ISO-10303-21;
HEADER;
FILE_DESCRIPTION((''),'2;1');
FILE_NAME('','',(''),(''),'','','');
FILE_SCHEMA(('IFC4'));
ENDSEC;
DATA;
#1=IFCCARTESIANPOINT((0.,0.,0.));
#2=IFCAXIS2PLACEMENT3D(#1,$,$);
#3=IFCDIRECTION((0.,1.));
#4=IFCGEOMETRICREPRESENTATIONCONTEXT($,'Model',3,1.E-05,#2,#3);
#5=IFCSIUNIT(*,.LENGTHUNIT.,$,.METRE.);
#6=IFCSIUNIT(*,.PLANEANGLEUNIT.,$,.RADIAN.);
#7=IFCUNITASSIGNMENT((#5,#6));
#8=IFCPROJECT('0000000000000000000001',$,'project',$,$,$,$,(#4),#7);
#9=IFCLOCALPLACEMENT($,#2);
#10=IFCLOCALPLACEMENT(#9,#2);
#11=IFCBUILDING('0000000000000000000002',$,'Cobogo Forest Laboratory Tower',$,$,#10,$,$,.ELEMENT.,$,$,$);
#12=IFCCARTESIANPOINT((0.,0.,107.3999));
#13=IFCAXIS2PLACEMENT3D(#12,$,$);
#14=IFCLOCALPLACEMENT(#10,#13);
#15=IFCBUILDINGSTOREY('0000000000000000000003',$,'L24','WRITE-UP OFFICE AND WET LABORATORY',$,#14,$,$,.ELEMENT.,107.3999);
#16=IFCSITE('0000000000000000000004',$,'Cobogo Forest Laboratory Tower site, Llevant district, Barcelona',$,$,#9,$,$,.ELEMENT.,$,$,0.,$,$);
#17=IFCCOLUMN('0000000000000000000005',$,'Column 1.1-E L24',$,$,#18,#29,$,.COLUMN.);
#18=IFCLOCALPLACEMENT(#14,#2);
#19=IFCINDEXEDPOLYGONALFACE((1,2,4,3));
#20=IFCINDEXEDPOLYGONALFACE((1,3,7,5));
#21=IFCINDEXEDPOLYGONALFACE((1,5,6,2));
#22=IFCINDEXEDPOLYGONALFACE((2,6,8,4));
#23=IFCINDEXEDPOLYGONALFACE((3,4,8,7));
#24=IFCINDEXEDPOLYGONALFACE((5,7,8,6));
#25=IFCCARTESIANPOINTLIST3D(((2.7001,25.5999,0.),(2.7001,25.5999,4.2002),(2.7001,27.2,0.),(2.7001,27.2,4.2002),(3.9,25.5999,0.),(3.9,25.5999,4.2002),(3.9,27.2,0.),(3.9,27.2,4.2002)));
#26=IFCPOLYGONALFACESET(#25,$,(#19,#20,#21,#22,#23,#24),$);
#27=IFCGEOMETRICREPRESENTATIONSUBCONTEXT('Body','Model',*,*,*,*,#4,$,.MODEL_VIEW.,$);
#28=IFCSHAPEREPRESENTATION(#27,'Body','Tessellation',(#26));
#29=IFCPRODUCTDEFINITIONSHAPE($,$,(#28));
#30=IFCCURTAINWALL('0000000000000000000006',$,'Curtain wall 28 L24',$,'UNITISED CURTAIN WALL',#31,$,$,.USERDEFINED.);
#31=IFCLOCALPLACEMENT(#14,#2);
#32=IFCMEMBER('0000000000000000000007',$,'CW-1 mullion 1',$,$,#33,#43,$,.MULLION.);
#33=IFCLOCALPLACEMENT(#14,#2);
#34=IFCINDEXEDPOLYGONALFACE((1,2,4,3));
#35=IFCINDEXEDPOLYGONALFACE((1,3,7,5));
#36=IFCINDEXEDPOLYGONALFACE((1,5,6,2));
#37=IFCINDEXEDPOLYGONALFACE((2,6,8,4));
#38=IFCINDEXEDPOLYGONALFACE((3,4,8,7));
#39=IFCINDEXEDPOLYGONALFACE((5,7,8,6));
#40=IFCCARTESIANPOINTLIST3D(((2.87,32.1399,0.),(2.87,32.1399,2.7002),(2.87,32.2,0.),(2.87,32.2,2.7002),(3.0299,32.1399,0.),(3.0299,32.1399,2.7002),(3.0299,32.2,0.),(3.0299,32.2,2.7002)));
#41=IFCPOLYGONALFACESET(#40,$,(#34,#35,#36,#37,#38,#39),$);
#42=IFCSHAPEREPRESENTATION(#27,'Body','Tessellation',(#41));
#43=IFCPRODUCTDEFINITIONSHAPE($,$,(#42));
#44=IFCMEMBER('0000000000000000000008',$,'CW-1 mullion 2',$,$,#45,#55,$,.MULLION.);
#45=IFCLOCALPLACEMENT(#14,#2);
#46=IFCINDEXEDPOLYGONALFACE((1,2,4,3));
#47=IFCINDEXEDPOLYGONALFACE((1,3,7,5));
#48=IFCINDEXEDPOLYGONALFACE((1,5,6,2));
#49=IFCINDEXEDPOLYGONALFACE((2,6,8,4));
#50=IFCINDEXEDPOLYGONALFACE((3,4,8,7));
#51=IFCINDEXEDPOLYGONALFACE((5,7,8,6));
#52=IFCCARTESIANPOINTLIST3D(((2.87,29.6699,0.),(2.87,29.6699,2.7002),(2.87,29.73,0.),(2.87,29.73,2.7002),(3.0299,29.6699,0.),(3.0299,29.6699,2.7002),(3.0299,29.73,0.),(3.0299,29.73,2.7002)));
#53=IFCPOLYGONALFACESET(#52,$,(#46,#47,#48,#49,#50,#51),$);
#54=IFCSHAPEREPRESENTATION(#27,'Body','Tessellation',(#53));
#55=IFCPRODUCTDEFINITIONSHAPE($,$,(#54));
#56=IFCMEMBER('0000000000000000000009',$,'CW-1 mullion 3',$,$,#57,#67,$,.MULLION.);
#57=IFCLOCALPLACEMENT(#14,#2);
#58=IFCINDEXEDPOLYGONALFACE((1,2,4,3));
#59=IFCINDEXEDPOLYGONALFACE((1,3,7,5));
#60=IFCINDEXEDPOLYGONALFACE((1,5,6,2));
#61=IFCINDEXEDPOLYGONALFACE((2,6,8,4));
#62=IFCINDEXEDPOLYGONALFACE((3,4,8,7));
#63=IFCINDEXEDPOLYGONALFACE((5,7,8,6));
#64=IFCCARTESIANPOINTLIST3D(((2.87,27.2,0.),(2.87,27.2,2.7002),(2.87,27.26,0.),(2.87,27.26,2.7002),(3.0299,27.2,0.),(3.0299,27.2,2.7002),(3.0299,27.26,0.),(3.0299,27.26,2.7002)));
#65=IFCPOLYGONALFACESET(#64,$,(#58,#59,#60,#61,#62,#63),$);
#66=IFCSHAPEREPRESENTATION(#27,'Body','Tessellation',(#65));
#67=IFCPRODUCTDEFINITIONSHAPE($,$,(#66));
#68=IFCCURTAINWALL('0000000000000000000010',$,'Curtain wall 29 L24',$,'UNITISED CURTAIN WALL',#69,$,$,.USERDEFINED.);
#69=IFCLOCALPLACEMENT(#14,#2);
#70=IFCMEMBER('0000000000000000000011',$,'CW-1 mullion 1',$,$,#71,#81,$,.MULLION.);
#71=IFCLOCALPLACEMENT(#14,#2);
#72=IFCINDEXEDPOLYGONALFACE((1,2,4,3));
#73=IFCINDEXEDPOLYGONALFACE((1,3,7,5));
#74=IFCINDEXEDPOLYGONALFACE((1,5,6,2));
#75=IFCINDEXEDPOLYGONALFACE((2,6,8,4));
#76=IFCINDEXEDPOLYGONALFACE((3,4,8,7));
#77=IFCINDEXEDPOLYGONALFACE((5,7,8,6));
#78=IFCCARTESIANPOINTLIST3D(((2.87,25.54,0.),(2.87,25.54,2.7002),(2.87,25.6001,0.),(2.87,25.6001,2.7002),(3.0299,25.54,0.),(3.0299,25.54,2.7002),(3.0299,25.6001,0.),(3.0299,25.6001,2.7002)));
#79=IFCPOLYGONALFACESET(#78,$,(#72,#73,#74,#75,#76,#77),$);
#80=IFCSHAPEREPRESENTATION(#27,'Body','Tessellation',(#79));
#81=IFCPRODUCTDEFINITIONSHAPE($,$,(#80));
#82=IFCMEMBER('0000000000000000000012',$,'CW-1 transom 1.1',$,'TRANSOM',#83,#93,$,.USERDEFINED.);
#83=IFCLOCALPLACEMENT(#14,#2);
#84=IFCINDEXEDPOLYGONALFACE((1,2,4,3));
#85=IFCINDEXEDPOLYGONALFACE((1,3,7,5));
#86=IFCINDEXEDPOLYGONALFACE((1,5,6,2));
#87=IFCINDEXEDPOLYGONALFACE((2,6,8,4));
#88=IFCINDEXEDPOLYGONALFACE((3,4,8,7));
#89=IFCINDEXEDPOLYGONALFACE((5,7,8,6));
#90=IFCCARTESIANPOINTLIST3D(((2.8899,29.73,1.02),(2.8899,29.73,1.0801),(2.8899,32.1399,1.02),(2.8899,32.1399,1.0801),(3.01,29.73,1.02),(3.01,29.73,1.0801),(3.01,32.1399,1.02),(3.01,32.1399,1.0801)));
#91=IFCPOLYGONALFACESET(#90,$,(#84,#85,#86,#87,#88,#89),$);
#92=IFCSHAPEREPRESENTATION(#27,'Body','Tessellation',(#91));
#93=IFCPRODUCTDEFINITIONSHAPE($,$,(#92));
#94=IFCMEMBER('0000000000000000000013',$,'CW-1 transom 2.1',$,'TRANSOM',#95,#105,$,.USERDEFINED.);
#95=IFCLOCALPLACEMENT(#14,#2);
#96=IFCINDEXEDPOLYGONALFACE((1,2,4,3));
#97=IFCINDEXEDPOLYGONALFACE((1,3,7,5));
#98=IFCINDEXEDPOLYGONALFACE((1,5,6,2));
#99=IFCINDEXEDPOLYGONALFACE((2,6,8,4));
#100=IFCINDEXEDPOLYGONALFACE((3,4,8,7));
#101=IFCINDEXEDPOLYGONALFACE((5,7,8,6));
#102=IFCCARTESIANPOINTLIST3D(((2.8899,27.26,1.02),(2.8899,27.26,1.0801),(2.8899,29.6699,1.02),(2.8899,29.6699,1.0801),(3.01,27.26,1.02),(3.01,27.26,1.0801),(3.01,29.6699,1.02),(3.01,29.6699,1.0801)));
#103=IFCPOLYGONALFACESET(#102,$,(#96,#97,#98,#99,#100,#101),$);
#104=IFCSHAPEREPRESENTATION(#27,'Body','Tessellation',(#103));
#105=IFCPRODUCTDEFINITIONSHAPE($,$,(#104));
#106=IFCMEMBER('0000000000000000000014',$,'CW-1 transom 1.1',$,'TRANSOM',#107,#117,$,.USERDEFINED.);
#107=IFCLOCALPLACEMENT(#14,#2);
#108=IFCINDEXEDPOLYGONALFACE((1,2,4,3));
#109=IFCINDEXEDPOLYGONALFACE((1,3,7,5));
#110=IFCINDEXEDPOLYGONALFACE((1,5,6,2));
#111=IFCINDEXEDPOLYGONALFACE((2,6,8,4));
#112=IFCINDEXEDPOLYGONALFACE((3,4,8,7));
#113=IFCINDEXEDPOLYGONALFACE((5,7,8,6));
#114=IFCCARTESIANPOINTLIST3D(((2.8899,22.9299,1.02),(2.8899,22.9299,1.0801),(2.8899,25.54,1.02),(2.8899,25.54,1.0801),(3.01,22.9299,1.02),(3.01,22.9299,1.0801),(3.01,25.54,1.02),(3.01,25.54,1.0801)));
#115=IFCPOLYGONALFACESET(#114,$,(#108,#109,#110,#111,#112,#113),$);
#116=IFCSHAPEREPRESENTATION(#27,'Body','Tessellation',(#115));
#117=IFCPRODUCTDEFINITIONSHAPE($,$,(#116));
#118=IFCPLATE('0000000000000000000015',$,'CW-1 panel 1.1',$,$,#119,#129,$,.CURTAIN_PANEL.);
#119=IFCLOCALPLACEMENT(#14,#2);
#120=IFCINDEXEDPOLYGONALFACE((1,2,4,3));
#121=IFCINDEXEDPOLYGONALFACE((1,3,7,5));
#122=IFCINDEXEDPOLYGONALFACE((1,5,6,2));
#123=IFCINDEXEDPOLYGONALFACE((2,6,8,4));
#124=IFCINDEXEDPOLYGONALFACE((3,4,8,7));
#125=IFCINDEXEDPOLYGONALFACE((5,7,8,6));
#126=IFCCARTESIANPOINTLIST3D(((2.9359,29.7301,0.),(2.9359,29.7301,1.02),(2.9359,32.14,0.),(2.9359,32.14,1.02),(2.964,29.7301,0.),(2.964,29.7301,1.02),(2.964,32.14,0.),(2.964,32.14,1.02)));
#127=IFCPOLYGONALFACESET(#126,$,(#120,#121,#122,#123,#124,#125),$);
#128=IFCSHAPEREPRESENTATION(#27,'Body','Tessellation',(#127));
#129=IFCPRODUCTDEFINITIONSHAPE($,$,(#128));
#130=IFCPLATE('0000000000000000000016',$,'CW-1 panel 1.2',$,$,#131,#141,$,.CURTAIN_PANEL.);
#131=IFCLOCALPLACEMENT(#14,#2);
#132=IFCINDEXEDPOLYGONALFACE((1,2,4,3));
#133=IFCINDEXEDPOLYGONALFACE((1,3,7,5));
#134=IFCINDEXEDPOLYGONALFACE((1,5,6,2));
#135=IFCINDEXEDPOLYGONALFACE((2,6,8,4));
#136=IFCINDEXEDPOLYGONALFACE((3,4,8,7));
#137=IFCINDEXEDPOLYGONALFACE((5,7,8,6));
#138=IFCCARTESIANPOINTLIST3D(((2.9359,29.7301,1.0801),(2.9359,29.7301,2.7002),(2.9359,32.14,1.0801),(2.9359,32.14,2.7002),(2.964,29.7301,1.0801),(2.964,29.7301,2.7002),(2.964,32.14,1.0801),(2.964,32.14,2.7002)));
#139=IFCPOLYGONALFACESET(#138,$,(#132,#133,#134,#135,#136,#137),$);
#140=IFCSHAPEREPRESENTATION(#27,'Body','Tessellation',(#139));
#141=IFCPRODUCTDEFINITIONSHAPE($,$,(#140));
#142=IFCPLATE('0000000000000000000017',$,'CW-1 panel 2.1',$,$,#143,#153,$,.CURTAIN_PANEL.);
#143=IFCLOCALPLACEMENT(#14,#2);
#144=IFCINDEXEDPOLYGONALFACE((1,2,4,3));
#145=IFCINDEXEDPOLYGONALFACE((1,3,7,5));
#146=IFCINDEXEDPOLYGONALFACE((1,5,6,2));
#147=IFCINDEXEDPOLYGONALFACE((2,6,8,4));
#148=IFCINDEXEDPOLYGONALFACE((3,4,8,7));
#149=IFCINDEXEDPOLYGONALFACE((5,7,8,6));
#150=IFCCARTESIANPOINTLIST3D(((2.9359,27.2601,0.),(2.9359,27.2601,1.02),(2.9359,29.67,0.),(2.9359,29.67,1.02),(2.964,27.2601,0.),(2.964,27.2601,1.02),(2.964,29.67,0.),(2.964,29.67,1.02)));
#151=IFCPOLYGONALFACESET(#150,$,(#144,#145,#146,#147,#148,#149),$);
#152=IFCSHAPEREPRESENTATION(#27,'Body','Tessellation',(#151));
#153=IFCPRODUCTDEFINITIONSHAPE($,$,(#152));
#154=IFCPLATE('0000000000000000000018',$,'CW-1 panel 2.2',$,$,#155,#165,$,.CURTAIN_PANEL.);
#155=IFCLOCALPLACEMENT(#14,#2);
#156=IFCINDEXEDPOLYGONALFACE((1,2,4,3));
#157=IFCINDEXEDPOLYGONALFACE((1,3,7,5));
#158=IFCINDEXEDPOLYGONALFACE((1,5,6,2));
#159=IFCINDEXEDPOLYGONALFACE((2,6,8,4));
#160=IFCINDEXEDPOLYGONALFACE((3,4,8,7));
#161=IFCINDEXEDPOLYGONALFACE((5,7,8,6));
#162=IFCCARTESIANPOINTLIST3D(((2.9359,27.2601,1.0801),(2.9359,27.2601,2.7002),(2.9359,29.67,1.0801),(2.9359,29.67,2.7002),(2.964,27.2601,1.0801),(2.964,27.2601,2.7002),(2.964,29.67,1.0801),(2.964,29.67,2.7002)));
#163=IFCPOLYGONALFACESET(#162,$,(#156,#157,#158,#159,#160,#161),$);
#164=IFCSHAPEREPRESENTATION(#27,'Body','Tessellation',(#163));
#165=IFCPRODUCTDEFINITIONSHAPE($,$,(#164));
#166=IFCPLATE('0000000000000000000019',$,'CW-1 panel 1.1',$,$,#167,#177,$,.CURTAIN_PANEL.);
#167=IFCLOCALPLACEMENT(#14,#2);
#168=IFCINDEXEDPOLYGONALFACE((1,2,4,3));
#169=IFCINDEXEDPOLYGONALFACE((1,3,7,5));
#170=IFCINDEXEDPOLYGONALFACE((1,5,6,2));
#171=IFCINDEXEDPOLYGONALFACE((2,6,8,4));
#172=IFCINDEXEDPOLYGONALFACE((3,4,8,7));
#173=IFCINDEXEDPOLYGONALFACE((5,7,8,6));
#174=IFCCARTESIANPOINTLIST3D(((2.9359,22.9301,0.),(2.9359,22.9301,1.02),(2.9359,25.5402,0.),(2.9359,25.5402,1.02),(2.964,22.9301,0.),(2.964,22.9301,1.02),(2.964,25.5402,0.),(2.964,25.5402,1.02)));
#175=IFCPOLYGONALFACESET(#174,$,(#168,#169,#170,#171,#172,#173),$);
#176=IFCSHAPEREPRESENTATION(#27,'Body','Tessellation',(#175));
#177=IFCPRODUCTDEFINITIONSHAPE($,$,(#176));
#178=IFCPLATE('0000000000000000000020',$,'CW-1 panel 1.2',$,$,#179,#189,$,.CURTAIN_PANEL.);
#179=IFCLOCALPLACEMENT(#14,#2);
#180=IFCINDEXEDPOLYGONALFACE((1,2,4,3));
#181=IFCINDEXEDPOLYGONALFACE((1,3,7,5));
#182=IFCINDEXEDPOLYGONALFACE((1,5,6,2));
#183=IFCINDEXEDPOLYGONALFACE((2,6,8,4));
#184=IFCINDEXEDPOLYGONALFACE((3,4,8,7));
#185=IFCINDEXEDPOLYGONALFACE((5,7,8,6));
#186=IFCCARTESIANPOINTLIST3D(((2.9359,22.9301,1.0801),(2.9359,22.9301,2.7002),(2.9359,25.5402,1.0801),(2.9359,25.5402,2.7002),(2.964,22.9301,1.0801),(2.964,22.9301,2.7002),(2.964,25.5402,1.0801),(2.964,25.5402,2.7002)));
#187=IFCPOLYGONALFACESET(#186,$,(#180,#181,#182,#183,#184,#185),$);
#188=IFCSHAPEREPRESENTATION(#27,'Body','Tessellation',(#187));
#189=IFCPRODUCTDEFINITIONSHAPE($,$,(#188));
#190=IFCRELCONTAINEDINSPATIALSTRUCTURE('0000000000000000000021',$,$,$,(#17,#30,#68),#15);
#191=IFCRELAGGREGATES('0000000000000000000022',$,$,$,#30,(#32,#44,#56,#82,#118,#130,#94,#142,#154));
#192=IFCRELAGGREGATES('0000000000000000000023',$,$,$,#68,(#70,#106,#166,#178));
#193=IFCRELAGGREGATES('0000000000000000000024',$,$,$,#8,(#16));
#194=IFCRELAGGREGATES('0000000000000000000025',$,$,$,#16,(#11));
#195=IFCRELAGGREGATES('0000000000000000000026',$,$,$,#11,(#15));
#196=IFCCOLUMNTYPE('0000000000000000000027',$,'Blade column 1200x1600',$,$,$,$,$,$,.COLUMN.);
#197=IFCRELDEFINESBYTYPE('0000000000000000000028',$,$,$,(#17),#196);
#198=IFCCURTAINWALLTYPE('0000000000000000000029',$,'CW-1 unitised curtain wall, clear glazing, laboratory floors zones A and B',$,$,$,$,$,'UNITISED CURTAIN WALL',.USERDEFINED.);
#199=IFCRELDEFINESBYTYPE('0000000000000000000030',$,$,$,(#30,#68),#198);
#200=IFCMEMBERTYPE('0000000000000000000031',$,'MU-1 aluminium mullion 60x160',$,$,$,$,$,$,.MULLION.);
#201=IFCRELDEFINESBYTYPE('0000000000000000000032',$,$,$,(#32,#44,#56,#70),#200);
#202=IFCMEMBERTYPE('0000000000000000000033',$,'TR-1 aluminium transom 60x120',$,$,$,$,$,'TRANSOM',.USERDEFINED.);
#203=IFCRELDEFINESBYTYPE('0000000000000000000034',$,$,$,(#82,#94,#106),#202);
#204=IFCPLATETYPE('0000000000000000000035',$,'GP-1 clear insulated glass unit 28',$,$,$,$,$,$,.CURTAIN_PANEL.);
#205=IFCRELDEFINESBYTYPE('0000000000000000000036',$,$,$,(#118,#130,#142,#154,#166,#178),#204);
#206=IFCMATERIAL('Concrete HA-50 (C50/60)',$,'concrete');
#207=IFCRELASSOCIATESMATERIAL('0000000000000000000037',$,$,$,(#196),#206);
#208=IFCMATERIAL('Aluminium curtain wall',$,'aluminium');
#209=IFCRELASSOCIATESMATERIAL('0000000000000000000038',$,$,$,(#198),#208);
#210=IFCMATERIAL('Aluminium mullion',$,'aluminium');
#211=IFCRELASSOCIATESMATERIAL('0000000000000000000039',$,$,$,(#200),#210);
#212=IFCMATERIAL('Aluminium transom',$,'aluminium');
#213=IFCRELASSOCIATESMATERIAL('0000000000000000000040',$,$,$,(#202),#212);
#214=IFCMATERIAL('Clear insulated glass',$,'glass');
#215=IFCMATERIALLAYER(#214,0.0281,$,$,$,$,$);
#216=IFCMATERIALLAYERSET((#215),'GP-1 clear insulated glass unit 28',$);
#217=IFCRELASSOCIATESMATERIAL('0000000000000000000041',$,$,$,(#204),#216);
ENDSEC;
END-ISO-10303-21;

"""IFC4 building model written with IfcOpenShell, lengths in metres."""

from ifc_helpers import new_model, si_unit, direction, frame, origin, origin_2d, place, context, subcontext, project, spatial, rectangle, extrude, material, layer, layer_set, material_profile, profile_set, type_object, element, aggregate, save


model = new_model("IFC4")

# Units and contexts
model_context = context("Model", 3, precision=1e-05, world=origin(), true_north=direction((0.0, 1.0)))
body_context = subcontext(model_context, "Body", "Model", "MODEL_VIEW")
ifc_project = project(units=[si_unit("LENGTHUNIT", "METRE"), si_unit("PLANEANGLEUNIT", "RADIAN")], contexts=[model_context])

# Site, building, storey
site_placement = place(None, origin())
site = spatial("IfcSite", under=ifc_project, at=site_placement, Name="Cobogo Forest Laboratory Tower site, Llevant district, Barcelona", CompositionType="ELEMENT", RefElevation=0.0)
building_placement = place(site_placement, origin())
building = spatial("IfcBuilding", under=site, at=building_placement, Name="Cobogo Forest Laboratory Tower", CompositionType="ELEMENT")
storey_placement = place(building_placement, frame((0.0, 0.0, 107.3999)))
storey = spatial("IfcBuildingStorey", under=building, at=storey_placement, Name="L24", Description="WRITE-UP OFFICE AND WET LABORATORY", CompositionType="ELEMENT", Elevation=107.3999)

# Column
ifc_material_1 = material(Name="Concrete HA-50 (C50/60)", Category="concrete")
ifc_material_profile_1 = material_profile(ifc_material_1, rectangle(XDim=1.6001, YDim=1.2, at=origin_2d()), Name="RC 1200x1600")
ifc_profile_set_1 = profile_set([ifc_material_profile_1], Name="Concrete HA-50 (C50/60)")
column_type = type_object("IfcColumnType", Name="Blade column 1200x1600", PredefinedType="COLUMN", material=ifc_profile_set_1)
column_placement = place(storey_placement, frame((3.3, 26.3999, 0.0), z_axis=(0.0, 0.0, 1.0), x_axis=(0.0, 1.0, 0.0)))
element("IfcColumn", 1, at=column_placement, inside=storey, type_object=column_type, Name="Column 1.1-E L24", PredefinedType="COLUMN", context=body_context, shape_type="SweptSolid", body=[
    extrude(rectangle(XDim=1.6001, YDim=1.2, at=origin_2d()), origin(), (0.0, 0.0, 1.0), 4.2002),
])

# Curtain wall, members
ifc_material_2 = material(Name="Aluminium curtain wall", Category="aluminium")
curtain_wall_type = type_object("IfcCurtainWallType", Name="CW-1 unitised curtain wall, clear glazing, laboratory floors zones A and B", ElementType="UNITISED CURTAIN WALL", PredefinedType="USERDEFINED", material=ifc_material_2)
curtain_wall_1_placement = place(storey_placement, origin())
curtain_wall_1 = element("IfcCurtainWall", 2, at=curtain_wall_1_placement, inside=storey, type_object=curtain_wall_type, Name="Curtain wall 28 L24", ObjectType="UNITISED CURTAIN WALL", PredefinedType="USERDEFINED")
ifc_material_3 = material(Name="Aluminium mullion", Category="aluminium")
ifc_material_profile_2 = material_profile(ifc_material_3, rectangle(XDim=0.0601, YDim=0.1599, at=origin_2d()), Name="AL 60x160")
ifc_profile_set_2 = profile_set([ifc_material_profile_2], Name="Aluminium mullion")
member_type_1 = type_object("IfcMemberType", Name="MU-1 aluminium mullion 60x160", PredefinedType="MULLION", material=ifc_profile_set_2)
member_1_placement = place(storey_placement, frame((2.95, 32.1699, 0.0), z_axis=(0.0, 0.0, 1.0), x_axis=(0.0, -1.0, 0.0)))
member_1 = element("IfcMember", 3, at=member_1_placement, type_object=member_type_1, Name="CW-1 mullion 1", PredefinedType="MULLION", context=body_context, shape_type="SweptSolid", body=[
    extrude(rectangle(XDim=0.0601, YDim=0.1599, at=origin_2d()), origin(), (0.0, 0.0, 1.0), 2.7002),
])
member_2_placement = place(storey_placement, frame((2.95, 29.7, 0.0), z_axis=(0.0, 0.0, 1.0), x_axis=(0.0, -1.0, 0.0)))
member_2 = element("IfcMember", 4, at=member_2_placement, type_object=member_type_1, Name="CW-1 mullion 2", PredefinedType="MULLION", context=body_context, shape_type="SweptSolid", body=[
    extrude(rectangle(XDim=0.0601, YDim=0.1599, at=origin_2d()), origin(), (0.0, 0.0, 1.0), 2.7002),
])
member_3_placement = place(storey_placement, frame((2.95, 27.23, 0.0), z_axis=(0.0, 0.0, 1.0), x_axis=(0.0, -1.0, 0.0)))
member_3 = element("IfcMember", 5, at=member_3_placement, type_object=member_type_1, Name="CW-1 mullion 3", PredefinedType="MULLION", context=body_context, shape_type="SweptSolid", body=[
    extrude(rectangle(XDim=0.0601, YDim=0.1599, at=origin_2d()), origin(), (0.0, 0.0, 1.0), 2.7002),
])

# Curtain wall, member
curtain_wall_2_placement = place(storey_placement, origin())
curtain_wall_2 = element("IfcCurtainWall", 6, at=curtain_wall_2_placement, inside=storey, type_object=curtain_wall_type, Name="Curtain wall 29 L24", ObjectType="UNITISED CURTAIN WALL", PredefinedType="USERDEFINED")
member_4_placement = place(storey_placement, frame((2.95, 25.5701, 0.0), z_axis=(0.0, 0.0, 1.0), x_axis=(0.0, -1.0, 0.0)))
member_4 = element("IfcMember", 7, at=member_4_placement, type_object=member_type_1, Name="CW-1 mullion 1", PredefinedType="MULLION", context=body_context, shape_type="SweptSolid", body=[
    extrude(rectangle(XDim=0.0601, YDim=0.1599, at=origin_2d()), origin(), (0.0, 0.0, 1.0), 2.7002),
])

# Members
ifc_material_4 = material(Name="Aluminium transom", Category="aluminium")
ifc_material_profile_3 = material_profile(ifc_material_4, rectangle(XDim=0.1201, YDim=0.0601, at=origin_2d()), Name="AL 60x120")
ifc_profile_set_3 = profile_set([ifc_material_profile_3], Name="Aluminium transom")
member_type_2 = type_object("IfcMemberType", Name="TR-1 aluminium transom 60x120", ElementType="TRANSOM", PredefinedType="USERDEFINED", material=ifc_profile_set_3)
member_5_placement = place(storey_placement, frame((2.95, 32.1399, 1.05), z_axis=(0.0, -1.0, 0.0), x_axis=(1.0, 0.0, 0.0)))
member_5 = element("IfcMember", 8, at=member_5_placement, type_object=member_type_2, Name="CW-1 transom 1.1", ObjectType="TRANSOM", PredefinedType="USERDEFINED", context=body_context, shape_type="SweptSolid", body=[
    extrude(rectangle(XDim=0.1201, YDim=0.0601, at=origin_2d()), origin(), (0.0, 0.0, 1.0), 2.4099),
])
member_6_placement = place(storey_placement, frame((2.95, 29.6699, 1.05), z_axis=(0.0, -1.0, 0.0), x_axis=(1.0, 0.0, 0.0)))
member_6 = element("IfcMember", 9, at=member_6_placement, type_object=member_type_2, Name="CW-1 transom 2.1", ObjectType="TRANSOM", PredefinedType="USERDEFINED", context=body_context, shape_type="SweptSolid", body=[
    extrude(rectangle(XDim=0.1201, YDim=0.0601, at=origin_2d()), origin(), (0.0, 0.0, 1.0), 2.4099),
])
member_7_placement = place(storey_placement, frame((2.95, 25.54, 1.05), z_axis=(0.0, -1.0, 0.0), x_axis=(1.0, 0.0, 0.0)))
member_7 = element("IfcMember", 10, at=member_7_placement, type_object=member_type_2, Name="CW-1 transom 1.1", ObjectType="TRANSOM", PredefinedType="USERDEFINED", context=body_context, shape_type="SweptSolid", body=[
    extrude(rectangle(XDim=0.1201, YDim=0.0601, at=origin_2d()), origin(), (0.0, 0.0, 1.0), 2.6101),
])

# Plates
ifc_material_5 = material(Name="Clear insulated glass", Category="glass")
ifc_layer_1 = layer(ifc_material_5, 0.0281)
ifc_layer_set_1 = layer_set([ifc_layer_1], Name="GP-1 clear insulated glass unit 28")
plate_type_1 = type_object("IfcPlateType", Name="GP-1 clear insulated glass unit 28", PredefinedType="CURTAIN_PANEL", material=ifc_layer_set_1)
plate_1_placement = place(storey_placement, frame((2.95, 30.9351, 0.0), z_axis=(0.0, 0.0, 1.0), x_axis=(0.0, -1.0, 0.0)))
plate_1 = element("IfcPlate", 11, at=plate_1_placement, type_object=plate_type_1, Name="CW-1 panel 1.1", PredefinedType="CURTAIN_PANEL", context=body_context, shape_type="SweptSolid", body=[
    extrude(rectangle(XDim=2.4099, YDim=0.0281, at=origin_2d()), origin(), (0.0, 0.0, 1.0), 1.02),
])
plate_2_placement = place(storey_placement, frame((2.95, 30.9351, 1.0801), z_axis=(0.0, 0.0, 1.0), x_axis=(0.0, -1.0, 0.0)))
plate_2 = element("IfcPlate", 12, at=plate_2_placement, type_object=plate_type_1, Name="CW-1 panel 1.2", PredefinedType="CURTAIN_PANEL", context=body_context, shape_type="SweptSolid", body=[
    extrude(rectangle(XDim=2.4099, YDim=0.0281, at=origin_2d()), origin(), (0.0, 0.0, 1.0), 1.6201),
])
plate_3_placement = place(storey_placement, frame((2.95, 28.4651, 0.0), z_axis=(0.0, 0.0, 1.0), x_axis=(0.0, -1.0, 0.0)))
plate_3 = element("IfcPlate", 13, at=plate_3_placement, type_object=plate_type_1, Name="CW-1 panel 2.1", PredefinedType="CURTAIN_PANEL", context=body_context, shape_type="SweptSolid", body=[
    extrude(rectangle(XDim=2.4099, YDim=0.0281, at=origin_2d()), origin(), (0.0, 0.0, 1.0), 1.02),
])
plate_4_placement = place(storey_placement, frame((2.95, 28.4651, 1.0801), z_axis=(0.0, 0.0, 1.0), x_axis=(0.0, -1.0, 0.0)))
plate_4 = element("IfcPlate", 14, at=plate_4_placement, type_object=plate_type_1, Name="CW-1 panel 2.2", PredefinedType="CURTAIN_PANEL", context=body_context, shape_type="SweptSolid", body=[
    extrude(rectangle(XDim=2.4099, YDim=0.0281, at=origin_2d()), origin(), (0.0, 0.0, 1.0), 1.6201),
])
aggregate(curtain_wall_1, [member_1, member_2, member_3, member_5, plate_1, plate_2, member_6, plate_3, plate_4])
plate_5_placement = place(storey_placement, frame((2.95, 24.2351, 0.0), z_axis=(0.0, 0.0, 1.0), x_axis=(0.0, -1.0, 0.0)))
plate_5 = element("IfcPlate", 15, at=plate_5_placement, type_object=plate_type_1, Name="CW-1 panel 1.1", PredefinedType="CURTAIN_PANEL", context=body_context, shape_type="SweptSolid", body=[
    extrude(rectangle(XDim=2.6101, YDim=0.0281, at=origin_2d()), origin(), (0.0, 0.0, 1.0), 1.02),
])
plate_6_placement = place(storey_placement, frame((2.95, 24.2351, 1.0801), z_axis=(0.0, 0.0, 1.0), x_axis=(0.0, -1.0, 0.0)))
plate_6 = element("IfcPlate", 16, at=plate_6_placement, type_object=plate_type_1, Name="CW-1 panel 1.2", PredefinedType="CURTAIN_PANEL", context=body_context, shape_type="SweptSolid", body=[
    extrude(rectangle(XDim=2.6101, YDim=0.0281, at=origin_2d()), origin(), (0.0, 0.0, 1.0), 1.6201),
])
aggregate(curtain_wall_2, [member_4, member_7, plate_5, plate_6])

save(model, "model.ifc")
